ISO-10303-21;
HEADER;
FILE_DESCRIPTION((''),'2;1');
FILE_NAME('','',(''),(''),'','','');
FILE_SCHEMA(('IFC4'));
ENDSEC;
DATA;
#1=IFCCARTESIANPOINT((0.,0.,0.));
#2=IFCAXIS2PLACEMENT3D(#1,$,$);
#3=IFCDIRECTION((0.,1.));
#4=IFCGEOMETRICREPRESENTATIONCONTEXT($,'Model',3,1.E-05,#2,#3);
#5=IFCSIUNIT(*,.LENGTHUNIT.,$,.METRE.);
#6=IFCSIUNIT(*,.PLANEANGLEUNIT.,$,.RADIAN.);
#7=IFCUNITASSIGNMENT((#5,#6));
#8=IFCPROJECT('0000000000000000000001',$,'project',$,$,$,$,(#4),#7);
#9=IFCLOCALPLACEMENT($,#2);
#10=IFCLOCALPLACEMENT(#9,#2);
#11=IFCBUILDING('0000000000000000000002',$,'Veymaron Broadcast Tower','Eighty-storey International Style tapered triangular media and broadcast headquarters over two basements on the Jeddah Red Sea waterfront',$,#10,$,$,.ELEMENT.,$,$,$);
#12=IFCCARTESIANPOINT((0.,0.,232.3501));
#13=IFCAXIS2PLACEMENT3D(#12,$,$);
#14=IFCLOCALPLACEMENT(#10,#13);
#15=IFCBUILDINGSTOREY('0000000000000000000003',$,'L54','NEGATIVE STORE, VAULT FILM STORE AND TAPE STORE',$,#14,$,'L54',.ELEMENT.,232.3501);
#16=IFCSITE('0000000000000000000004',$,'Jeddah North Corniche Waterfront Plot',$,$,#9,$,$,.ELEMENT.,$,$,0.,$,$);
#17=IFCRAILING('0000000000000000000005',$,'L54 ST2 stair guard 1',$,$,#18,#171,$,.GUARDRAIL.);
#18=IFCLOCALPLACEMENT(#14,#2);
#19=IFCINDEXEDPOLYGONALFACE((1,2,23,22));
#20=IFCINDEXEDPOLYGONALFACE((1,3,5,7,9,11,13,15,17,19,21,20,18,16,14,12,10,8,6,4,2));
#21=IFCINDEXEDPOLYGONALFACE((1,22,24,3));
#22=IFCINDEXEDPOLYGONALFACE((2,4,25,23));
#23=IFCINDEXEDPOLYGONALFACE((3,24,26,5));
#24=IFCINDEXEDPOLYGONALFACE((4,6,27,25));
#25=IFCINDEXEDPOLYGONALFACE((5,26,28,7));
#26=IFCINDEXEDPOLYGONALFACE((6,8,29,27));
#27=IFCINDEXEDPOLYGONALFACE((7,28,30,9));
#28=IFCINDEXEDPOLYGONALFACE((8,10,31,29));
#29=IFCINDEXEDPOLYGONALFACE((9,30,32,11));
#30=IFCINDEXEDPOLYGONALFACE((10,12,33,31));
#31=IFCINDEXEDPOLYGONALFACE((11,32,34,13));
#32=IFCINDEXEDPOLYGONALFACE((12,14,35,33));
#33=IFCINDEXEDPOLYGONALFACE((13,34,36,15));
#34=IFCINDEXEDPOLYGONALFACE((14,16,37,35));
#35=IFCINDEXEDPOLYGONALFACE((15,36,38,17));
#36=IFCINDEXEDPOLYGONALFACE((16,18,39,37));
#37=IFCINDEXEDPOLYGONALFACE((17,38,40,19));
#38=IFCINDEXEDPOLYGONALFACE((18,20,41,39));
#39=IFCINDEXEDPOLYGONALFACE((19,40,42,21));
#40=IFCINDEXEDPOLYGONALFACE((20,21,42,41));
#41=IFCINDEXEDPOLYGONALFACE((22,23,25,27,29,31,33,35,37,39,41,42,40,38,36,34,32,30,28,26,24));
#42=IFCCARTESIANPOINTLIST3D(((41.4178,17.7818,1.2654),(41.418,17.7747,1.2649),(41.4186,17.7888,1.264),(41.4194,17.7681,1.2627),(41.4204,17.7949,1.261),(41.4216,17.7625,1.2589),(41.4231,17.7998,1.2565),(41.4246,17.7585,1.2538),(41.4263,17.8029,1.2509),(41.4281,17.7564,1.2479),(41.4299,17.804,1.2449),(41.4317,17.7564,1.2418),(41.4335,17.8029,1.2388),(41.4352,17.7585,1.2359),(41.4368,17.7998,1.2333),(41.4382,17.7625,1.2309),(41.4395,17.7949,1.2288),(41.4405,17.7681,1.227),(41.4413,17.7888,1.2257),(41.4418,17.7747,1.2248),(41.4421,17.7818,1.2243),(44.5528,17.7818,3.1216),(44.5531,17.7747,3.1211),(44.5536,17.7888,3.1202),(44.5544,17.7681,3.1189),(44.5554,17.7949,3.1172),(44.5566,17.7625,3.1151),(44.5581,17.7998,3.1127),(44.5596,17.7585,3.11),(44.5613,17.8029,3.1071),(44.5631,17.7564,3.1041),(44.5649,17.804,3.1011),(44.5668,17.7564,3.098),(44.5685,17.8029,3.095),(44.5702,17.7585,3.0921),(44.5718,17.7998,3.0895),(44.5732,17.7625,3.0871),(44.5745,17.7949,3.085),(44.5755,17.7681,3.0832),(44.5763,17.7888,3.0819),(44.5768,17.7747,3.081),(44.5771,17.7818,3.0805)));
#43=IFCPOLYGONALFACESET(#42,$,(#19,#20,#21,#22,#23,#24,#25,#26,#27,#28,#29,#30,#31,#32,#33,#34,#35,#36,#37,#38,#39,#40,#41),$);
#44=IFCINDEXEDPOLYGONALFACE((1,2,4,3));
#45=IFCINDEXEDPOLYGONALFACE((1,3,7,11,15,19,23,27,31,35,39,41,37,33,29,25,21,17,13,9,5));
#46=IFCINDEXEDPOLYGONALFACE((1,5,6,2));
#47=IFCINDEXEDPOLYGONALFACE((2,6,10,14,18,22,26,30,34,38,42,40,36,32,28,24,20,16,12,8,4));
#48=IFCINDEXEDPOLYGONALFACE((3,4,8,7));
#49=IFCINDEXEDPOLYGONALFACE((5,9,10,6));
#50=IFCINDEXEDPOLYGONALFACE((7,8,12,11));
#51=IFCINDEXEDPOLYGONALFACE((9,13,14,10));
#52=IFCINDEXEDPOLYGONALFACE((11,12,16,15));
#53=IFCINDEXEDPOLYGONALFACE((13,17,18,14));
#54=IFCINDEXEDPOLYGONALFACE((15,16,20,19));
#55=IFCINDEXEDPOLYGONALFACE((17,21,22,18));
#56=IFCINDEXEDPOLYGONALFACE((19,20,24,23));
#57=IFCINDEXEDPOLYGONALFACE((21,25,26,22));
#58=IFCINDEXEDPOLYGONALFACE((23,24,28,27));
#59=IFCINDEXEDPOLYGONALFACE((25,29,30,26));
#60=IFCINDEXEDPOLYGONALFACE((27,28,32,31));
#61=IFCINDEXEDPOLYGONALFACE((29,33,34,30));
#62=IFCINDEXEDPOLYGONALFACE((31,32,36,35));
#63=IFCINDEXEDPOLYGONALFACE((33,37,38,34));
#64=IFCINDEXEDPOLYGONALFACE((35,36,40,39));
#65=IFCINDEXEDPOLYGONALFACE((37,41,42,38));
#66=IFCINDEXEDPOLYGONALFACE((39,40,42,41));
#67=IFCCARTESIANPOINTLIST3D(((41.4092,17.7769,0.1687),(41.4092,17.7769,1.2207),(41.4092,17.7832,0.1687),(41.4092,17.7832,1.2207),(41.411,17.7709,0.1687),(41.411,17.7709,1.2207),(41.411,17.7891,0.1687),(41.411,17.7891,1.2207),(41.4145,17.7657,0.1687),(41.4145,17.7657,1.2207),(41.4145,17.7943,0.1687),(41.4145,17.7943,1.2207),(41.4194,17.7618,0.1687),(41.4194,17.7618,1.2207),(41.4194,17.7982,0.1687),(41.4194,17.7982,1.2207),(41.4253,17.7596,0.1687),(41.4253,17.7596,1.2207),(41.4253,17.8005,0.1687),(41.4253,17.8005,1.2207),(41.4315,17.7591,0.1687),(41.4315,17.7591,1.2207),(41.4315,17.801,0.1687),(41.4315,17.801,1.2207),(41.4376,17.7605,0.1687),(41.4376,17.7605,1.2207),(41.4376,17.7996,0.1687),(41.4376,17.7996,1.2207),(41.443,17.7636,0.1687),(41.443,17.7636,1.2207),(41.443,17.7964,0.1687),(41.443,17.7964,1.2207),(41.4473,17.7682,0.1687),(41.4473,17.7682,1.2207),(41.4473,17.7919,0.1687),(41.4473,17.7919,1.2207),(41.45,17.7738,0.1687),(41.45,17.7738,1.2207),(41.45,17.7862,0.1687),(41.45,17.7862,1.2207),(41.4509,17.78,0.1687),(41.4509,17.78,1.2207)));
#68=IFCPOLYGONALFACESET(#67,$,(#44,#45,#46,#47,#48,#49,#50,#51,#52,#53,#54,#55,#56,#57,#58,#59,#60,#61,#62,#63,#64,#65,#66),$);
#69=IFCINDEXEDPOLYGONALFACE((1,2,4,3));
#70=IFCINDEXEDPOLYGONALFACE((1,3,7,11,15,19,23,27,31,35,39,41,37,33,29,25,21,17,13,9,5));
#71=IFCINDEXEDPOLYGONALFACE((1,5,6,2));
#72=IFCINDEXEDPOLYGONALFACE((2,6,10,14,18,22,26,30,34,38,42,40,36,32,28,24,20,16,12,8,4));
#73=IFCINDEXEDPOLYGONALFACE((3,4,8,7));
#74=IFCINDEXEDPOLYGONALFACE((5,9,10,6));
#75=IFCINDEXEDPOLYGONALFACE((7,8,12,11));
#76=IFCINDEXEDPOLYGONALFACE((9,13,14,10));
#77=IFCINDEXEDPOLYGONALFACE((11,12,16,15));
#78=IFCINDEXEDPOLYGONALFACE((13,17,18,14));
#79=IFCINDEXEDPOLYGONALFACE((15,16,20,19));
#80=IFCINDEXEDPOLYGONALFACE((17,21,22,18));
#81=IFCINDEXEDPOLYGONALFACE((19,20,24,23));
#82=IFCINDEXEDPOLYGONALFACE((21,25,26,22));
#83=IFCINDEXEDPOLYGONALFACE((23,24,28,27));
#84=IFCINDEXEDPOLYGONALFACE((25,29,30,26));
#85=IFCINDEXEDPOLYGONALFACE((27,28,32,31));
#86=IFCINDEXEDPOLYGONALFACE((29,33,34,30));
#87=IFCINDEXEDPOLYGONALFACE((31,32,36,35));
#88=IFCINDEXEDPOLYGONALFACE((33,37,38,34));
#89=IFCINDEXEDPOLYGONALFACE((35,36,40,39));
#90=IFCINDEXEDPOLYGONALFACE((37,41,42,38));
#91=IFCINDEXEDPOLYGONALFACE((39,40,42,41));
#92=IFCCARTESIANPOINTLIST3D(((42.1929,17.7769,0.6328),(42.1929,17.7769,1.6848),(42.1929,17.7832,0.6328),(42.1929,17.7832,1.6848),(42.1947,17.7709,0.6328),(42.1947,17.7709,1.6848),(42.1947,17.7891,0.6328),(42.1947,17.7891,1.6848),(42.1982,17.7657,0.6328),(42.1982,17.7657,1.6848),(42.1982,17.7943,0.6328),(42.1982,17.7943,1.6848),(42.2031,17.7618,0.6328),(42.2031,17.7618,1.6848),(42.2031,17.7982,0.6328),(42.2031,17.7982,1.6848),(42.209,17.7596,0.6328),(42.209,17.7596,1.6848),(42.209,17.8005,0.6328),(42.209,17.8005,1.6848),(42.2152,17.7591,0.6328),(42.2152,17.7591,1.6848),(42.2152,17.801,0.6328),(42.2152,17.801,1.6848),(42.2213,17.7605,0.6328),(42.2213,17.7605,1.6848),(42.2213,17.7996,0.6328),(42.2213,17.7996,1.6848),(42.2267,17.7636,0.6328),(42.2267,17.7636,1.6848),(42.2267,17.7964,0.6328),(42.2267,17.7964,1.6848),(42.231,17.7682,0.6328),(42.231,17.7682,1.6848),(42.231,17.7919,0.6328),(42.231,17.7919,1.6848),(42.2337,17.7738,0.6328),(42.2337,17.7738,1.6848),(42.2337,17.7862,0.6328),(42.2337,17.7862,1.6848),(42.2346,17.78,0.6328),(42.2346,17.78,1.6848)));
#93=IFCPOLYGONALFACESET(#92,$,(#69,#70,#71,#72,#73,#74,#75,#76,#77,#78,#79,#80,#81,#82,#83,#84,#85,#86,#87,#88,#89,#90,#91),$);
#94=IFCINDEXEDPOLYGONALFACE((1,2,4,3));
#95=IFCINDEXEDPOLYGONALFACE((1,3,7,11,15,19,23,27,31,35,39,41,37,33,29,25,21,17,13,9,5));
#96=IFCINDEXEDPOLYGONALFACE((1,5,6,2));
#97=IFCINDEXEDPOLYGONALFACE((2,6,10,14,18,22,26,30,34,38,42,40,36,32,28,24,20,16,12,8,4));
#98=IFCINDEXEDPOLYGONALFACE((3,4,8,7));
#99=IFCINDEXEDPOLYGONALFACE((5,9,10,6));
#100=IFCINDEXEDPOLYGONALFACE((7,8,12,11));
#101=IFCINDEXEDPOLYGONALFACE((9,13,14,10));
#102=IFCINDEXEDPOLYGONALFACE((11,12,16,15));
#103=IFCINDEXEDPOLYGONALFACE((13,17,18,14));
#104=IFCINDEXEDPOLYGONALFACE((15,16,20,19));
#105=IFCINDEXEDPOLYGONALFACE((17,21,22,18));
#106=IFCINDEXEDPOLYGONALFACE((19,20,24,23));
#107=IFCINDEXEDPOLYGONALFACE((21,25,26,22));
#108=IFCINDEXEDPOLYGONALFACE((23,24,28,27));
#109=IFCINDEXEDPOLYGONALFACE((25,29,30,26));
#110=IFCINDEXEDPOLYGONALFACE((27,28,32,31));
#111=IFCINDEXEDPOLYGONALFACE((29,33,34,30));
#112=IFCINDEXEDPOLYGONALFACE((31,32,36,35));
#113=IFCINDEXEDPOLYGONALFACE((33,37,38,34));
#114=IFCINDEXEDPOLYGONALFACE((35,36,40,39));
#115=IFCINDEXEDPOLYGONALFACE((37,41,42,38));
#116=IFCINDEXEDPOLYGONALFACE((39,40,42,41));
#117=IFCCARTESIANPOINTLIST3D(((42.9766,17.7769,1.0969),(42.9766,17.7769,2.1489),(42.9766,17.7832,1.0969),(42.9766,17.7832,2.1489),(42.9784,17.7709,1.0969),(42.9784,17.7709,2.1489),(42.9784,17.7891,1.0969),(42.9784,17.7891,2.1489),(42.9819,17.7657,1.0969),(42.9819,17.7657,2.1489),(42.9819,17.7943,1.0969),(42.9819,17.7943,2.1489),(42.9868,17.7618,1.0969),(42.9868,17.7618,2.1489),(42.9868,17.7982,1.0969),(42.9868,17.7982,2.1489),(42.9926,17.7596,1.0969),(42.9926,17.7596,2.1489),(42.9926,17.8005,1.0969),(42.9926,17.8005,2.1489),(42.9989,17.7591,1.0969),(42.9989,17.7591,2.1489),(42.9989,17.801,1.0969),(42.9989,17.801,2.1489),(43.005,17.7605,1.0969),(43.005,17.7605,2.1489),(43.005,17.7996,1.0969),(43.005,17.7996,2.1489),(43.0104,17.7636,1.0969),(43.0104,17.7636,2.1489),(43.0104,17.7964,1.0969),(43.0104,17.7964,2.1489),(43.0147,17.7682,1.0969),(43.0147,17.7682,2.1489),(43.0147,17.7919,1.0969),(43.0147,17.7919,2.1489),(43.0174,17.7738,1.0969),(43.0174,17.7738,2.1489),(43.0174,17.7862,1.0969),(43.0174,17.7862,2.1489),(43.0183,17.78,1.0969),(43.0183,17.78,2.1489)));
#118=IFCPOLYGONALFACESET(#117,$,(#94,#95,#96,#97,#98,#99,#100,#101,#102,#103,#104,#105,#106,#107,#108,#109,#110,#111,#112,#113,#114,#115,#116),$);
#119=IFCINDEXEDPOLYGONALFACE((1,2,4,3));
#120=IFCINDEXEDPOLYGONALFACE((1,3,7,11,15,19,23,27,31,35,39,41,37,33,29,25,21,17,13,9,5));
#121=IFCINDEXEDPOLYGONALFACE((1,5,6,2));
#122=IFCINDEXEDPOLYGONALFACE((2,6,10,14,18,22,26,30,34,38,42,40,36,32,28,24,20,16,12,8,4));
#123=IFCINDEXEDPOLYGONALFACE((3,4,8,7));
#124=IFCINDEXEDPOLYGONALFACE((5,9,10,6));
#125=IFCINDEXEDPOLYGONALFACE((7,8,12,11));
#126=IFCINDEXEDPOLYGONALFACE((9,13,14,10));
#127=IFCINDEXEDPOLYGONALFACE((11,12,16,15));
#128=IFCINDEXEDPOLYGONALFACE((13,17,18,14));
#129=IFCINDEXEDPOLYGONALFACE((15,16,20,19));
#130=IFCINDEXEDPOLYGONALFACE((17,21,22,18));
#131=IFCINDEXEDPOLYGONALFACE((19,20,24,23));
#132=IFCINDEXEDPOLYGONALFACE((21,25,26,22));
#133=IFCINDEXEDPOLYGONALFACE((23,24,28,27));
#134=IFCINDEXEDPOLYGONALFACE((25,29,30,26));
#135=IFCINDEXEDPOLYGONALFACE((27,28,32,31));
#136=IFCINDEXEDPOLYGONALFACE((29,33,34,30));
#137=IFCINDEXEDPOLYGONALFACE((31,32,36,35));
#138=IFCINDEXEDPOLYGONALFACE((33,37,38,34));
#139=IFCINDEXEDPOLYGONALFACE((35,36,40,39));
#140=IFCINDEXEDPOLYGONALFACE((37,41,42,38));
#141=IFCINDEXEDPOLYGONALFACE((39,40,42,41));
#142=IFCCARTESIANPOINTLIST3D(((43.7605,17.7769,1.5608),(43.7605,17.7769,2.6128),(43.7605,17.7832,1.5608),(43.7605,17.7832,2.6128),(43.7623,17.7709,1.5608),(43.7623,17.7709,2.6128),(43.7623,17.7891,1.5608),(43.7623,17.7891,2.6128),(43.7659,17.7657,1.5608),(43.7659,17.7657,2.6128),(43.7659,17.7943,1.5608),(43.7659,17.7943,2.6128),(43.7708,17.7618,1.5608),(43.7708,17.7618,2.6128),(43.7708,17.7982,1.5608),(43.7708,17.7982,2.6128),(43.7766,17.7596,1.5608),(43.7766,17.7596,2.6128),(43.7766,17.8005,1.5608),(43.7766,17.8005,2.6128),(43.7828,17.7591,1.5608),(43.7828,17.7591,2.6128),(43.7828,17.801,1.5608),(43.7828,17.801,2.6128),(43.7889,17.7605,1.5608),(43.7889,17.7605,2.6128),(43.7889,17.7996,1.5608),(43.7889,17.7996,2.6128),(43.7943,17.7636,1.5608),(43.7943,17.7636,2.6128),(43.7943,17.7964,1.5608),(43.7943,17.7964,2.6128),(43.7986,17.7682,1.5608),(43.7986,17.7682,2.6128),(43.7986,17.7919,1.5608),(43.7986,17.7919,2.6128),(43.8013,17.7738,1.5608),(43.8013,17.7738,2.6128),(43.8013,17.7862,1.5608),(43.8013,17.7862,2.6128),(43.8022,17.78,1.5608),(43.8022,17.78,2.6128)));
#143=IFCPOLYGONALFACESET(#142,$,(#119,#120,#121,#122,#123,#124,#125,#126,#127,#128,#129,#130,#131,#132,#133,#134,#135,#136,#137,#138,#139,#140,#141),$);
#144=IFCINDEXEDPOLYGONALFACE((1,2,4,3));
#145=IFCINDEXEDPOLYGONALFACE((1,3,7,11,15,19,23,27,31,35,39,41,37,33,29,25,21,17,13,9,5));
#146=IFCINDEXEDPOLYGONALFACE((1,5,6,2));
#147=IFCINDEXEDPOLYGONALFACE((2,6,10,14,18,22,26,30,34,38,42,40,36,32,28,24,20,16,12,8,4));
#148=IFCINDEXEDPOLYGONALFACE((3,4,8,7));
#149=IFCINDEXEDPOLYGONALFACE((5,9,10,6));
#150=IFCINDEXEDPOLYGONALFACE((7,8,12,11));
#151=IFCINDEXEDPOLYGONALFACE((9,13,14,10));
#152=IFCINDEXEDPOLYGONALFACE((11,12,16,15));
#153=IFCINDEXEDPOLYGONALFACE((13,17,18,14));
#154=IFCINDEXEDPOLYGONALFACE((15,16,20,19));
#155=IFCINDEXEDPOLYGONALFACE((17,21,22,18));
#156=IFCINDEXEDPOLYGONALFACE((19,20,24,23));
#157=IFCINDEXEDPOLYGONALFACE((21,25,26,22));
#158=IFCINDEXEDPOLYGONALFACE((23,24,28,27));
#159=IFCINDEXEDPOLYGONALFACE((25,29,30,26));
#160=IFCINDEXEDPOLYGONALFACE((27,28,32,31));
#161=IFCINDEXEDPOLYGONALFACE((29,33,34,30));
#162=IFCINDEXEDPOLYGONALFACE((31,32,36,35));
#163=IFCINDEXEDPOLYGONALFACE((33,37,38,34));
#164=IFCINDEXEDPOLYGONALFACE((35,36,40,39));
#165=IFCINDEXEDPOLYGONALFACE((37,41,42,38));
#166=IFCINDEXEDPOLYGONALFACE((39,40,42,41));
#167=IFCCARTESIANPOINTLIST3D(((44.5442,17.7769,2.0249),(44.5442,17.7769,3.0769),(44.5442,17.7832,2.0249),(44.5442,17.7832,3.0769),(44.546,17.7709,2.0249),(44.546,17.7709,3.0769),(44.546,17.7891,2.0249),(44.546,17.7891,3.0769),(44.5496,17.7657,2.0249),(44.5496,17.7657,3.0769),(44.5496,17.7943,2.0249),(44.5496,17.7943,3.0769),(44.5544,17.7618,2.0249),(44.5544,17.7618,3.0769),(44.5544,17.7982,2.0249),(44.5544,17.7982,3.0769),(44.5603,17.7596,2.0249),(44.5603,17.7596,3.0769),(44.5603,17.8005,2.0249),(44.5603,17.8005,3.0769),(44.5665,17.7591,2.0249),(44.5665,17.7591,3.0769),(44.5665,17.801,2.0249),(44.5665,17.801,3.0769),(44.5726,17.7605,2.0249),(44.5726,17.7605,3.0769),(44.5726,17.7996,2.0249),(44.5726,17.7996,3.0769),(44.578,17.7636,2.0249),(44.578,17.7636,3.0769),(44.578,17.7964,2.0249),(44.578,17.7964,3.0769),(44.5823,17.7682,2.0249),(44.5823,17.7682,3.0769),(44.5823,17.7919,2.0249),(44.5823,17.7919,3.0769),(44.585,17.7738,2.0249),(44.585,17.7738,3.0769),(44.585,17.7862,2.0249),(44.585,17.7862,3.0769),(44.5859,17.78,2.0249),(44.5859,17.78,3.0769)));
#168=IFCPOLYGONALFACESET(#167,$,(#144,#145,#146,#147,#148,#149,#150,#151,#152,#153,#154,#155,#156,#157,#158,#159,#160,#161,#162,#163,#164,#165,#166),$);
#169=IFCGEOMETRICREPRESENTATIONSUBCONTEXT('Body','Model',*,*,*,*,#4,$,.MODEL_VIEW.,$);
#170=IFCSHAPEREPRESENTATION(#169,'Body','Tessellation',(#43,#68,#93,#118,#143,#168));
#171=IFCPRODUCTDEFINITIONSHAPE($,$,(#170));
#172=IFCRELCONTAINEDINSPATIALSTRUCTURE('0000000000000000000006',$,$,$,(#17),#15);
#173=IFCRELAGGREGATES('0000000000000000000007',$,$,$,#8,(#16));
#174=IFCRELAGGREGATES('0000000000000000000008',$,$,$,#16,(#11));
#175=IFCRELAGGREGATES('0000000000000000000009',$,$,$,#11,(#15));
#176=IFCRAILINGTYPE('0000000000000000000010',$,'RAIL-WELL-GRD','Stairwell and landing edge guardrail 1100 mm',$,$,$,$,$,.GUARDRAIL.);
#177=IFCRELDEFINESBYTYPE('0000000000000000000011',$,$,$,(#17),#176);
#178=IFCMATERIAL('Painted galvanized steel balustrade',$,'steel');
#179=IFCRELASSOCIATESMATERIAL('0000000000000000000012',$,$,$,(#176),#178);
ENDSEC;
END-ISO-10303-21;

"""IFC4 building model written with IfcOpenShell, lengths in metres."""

from ifc_helpers import new_model, si_unit, direction, frame, origin, origin_2d, place, context, subcontext, project, spatial, circle, extrude, material, type_object, element, save


model = new_model("IFC4")

# Units and contexts
model_context = context("Model", 3, precision=1e-05, world=origin(), true_north=direction((0.0, 1.0)))
body_context = subcontext(model_context, "Body", "Model", "MODEL_VIEW")
ifc_project = project(units=[si_unit("LENGTHUNIT", "METRE"), si_unit("PLANEANGLEUNIT", "RADIAN")], contexts=[model_context])

# Site, building, storey
site_placement = place(None, origin())
site = spatial("IfcSite", under=ifc_project, at=site_placement, Name="Jeddah North Corniche Waterfront Plot", CompositionType="ELEMENT", RefElevation=0.0)
building_placement = place(site_placement, origin())
building = spatial("IfcBuilding", under=site, at=building_placement, Name="Veymaron Broadcast Tower", Description="Eighty-storey International Style tapered triangular media and broadcast headquarters over two basements on the Jeddah Red Sea waterfront", CompositionType="ELEMENT")
storey_placement = place(building_placement, frame((0.0, 0.0, 232.3501)))
storey = spatial("IfcBuildingStorey", under=building, at=storey_placement, Name="L54", Description="NEGATIVE STORE, VAULT FILM STORE AND TAPE STORE", LongName="L54", CompositionType="ELEMENT", Elevation=232.3501)

# Railing
ifc_material_1 = material(Name="Painted galvanized steel balustrade", Category="steel")
railing_type_1 = type_object("IfcRailingType", Name="RAIL-WELL-GRD", Description="Stairwell and landing edge guardrail 1100 mm", PredefinedType="GUARDRAIL", material=ifc_material_1)
railing_1_placement = place(storey_placement, frame((41.4299, 17.78, 0.1687)))
element("IfcRailing", 1, at=railing_1_placement, inside=storey, type_object=railing_type_1, Name="L54 ST2 stair guard 1", PredefinedType="GUARDRAIL", context=body_context, shape_type="SweptSolid", body=[
    extrude(circle(Radius=0.0239, at=origin_2d()), frame((0.0, 0.0, 1.0762), z_axis=(0.860482, 0.0, 0.509481), x_axis=(0.0, 1.0, 0.0)), (0.0, 0.0, 1.0), 3.6433),
    extrude(circle(Radius=0.021, at=origin_2d()), origin(), (0.0, 0.0, 1.0), 1.052),
    extrude(circle(Radius=0.021, at=origin_2d()), frame((0.7837, 0.0, 0.4641)), (0.0, 0.0, 1.0), 1.052),
    extrude(circle(Radius=0.021, at=origin_2d()), frame((1.5674, 0.0, 0.9282)), (0.0, 0.0, 1.0), 1.052),
    extrude(circle(Radius=0.021, at=origin_2d()), frame((2.3513, 0.0, 1.3921)), (0.0, 0.0, 1.0), 1.052),
    extrude(circle(Radius=0.021, at=origin_2d()), frame((3.135, 0.0, 1.8562)), (0.0, 0.0, 1.0), 1.052),
])

save(model, "model.ifc")
